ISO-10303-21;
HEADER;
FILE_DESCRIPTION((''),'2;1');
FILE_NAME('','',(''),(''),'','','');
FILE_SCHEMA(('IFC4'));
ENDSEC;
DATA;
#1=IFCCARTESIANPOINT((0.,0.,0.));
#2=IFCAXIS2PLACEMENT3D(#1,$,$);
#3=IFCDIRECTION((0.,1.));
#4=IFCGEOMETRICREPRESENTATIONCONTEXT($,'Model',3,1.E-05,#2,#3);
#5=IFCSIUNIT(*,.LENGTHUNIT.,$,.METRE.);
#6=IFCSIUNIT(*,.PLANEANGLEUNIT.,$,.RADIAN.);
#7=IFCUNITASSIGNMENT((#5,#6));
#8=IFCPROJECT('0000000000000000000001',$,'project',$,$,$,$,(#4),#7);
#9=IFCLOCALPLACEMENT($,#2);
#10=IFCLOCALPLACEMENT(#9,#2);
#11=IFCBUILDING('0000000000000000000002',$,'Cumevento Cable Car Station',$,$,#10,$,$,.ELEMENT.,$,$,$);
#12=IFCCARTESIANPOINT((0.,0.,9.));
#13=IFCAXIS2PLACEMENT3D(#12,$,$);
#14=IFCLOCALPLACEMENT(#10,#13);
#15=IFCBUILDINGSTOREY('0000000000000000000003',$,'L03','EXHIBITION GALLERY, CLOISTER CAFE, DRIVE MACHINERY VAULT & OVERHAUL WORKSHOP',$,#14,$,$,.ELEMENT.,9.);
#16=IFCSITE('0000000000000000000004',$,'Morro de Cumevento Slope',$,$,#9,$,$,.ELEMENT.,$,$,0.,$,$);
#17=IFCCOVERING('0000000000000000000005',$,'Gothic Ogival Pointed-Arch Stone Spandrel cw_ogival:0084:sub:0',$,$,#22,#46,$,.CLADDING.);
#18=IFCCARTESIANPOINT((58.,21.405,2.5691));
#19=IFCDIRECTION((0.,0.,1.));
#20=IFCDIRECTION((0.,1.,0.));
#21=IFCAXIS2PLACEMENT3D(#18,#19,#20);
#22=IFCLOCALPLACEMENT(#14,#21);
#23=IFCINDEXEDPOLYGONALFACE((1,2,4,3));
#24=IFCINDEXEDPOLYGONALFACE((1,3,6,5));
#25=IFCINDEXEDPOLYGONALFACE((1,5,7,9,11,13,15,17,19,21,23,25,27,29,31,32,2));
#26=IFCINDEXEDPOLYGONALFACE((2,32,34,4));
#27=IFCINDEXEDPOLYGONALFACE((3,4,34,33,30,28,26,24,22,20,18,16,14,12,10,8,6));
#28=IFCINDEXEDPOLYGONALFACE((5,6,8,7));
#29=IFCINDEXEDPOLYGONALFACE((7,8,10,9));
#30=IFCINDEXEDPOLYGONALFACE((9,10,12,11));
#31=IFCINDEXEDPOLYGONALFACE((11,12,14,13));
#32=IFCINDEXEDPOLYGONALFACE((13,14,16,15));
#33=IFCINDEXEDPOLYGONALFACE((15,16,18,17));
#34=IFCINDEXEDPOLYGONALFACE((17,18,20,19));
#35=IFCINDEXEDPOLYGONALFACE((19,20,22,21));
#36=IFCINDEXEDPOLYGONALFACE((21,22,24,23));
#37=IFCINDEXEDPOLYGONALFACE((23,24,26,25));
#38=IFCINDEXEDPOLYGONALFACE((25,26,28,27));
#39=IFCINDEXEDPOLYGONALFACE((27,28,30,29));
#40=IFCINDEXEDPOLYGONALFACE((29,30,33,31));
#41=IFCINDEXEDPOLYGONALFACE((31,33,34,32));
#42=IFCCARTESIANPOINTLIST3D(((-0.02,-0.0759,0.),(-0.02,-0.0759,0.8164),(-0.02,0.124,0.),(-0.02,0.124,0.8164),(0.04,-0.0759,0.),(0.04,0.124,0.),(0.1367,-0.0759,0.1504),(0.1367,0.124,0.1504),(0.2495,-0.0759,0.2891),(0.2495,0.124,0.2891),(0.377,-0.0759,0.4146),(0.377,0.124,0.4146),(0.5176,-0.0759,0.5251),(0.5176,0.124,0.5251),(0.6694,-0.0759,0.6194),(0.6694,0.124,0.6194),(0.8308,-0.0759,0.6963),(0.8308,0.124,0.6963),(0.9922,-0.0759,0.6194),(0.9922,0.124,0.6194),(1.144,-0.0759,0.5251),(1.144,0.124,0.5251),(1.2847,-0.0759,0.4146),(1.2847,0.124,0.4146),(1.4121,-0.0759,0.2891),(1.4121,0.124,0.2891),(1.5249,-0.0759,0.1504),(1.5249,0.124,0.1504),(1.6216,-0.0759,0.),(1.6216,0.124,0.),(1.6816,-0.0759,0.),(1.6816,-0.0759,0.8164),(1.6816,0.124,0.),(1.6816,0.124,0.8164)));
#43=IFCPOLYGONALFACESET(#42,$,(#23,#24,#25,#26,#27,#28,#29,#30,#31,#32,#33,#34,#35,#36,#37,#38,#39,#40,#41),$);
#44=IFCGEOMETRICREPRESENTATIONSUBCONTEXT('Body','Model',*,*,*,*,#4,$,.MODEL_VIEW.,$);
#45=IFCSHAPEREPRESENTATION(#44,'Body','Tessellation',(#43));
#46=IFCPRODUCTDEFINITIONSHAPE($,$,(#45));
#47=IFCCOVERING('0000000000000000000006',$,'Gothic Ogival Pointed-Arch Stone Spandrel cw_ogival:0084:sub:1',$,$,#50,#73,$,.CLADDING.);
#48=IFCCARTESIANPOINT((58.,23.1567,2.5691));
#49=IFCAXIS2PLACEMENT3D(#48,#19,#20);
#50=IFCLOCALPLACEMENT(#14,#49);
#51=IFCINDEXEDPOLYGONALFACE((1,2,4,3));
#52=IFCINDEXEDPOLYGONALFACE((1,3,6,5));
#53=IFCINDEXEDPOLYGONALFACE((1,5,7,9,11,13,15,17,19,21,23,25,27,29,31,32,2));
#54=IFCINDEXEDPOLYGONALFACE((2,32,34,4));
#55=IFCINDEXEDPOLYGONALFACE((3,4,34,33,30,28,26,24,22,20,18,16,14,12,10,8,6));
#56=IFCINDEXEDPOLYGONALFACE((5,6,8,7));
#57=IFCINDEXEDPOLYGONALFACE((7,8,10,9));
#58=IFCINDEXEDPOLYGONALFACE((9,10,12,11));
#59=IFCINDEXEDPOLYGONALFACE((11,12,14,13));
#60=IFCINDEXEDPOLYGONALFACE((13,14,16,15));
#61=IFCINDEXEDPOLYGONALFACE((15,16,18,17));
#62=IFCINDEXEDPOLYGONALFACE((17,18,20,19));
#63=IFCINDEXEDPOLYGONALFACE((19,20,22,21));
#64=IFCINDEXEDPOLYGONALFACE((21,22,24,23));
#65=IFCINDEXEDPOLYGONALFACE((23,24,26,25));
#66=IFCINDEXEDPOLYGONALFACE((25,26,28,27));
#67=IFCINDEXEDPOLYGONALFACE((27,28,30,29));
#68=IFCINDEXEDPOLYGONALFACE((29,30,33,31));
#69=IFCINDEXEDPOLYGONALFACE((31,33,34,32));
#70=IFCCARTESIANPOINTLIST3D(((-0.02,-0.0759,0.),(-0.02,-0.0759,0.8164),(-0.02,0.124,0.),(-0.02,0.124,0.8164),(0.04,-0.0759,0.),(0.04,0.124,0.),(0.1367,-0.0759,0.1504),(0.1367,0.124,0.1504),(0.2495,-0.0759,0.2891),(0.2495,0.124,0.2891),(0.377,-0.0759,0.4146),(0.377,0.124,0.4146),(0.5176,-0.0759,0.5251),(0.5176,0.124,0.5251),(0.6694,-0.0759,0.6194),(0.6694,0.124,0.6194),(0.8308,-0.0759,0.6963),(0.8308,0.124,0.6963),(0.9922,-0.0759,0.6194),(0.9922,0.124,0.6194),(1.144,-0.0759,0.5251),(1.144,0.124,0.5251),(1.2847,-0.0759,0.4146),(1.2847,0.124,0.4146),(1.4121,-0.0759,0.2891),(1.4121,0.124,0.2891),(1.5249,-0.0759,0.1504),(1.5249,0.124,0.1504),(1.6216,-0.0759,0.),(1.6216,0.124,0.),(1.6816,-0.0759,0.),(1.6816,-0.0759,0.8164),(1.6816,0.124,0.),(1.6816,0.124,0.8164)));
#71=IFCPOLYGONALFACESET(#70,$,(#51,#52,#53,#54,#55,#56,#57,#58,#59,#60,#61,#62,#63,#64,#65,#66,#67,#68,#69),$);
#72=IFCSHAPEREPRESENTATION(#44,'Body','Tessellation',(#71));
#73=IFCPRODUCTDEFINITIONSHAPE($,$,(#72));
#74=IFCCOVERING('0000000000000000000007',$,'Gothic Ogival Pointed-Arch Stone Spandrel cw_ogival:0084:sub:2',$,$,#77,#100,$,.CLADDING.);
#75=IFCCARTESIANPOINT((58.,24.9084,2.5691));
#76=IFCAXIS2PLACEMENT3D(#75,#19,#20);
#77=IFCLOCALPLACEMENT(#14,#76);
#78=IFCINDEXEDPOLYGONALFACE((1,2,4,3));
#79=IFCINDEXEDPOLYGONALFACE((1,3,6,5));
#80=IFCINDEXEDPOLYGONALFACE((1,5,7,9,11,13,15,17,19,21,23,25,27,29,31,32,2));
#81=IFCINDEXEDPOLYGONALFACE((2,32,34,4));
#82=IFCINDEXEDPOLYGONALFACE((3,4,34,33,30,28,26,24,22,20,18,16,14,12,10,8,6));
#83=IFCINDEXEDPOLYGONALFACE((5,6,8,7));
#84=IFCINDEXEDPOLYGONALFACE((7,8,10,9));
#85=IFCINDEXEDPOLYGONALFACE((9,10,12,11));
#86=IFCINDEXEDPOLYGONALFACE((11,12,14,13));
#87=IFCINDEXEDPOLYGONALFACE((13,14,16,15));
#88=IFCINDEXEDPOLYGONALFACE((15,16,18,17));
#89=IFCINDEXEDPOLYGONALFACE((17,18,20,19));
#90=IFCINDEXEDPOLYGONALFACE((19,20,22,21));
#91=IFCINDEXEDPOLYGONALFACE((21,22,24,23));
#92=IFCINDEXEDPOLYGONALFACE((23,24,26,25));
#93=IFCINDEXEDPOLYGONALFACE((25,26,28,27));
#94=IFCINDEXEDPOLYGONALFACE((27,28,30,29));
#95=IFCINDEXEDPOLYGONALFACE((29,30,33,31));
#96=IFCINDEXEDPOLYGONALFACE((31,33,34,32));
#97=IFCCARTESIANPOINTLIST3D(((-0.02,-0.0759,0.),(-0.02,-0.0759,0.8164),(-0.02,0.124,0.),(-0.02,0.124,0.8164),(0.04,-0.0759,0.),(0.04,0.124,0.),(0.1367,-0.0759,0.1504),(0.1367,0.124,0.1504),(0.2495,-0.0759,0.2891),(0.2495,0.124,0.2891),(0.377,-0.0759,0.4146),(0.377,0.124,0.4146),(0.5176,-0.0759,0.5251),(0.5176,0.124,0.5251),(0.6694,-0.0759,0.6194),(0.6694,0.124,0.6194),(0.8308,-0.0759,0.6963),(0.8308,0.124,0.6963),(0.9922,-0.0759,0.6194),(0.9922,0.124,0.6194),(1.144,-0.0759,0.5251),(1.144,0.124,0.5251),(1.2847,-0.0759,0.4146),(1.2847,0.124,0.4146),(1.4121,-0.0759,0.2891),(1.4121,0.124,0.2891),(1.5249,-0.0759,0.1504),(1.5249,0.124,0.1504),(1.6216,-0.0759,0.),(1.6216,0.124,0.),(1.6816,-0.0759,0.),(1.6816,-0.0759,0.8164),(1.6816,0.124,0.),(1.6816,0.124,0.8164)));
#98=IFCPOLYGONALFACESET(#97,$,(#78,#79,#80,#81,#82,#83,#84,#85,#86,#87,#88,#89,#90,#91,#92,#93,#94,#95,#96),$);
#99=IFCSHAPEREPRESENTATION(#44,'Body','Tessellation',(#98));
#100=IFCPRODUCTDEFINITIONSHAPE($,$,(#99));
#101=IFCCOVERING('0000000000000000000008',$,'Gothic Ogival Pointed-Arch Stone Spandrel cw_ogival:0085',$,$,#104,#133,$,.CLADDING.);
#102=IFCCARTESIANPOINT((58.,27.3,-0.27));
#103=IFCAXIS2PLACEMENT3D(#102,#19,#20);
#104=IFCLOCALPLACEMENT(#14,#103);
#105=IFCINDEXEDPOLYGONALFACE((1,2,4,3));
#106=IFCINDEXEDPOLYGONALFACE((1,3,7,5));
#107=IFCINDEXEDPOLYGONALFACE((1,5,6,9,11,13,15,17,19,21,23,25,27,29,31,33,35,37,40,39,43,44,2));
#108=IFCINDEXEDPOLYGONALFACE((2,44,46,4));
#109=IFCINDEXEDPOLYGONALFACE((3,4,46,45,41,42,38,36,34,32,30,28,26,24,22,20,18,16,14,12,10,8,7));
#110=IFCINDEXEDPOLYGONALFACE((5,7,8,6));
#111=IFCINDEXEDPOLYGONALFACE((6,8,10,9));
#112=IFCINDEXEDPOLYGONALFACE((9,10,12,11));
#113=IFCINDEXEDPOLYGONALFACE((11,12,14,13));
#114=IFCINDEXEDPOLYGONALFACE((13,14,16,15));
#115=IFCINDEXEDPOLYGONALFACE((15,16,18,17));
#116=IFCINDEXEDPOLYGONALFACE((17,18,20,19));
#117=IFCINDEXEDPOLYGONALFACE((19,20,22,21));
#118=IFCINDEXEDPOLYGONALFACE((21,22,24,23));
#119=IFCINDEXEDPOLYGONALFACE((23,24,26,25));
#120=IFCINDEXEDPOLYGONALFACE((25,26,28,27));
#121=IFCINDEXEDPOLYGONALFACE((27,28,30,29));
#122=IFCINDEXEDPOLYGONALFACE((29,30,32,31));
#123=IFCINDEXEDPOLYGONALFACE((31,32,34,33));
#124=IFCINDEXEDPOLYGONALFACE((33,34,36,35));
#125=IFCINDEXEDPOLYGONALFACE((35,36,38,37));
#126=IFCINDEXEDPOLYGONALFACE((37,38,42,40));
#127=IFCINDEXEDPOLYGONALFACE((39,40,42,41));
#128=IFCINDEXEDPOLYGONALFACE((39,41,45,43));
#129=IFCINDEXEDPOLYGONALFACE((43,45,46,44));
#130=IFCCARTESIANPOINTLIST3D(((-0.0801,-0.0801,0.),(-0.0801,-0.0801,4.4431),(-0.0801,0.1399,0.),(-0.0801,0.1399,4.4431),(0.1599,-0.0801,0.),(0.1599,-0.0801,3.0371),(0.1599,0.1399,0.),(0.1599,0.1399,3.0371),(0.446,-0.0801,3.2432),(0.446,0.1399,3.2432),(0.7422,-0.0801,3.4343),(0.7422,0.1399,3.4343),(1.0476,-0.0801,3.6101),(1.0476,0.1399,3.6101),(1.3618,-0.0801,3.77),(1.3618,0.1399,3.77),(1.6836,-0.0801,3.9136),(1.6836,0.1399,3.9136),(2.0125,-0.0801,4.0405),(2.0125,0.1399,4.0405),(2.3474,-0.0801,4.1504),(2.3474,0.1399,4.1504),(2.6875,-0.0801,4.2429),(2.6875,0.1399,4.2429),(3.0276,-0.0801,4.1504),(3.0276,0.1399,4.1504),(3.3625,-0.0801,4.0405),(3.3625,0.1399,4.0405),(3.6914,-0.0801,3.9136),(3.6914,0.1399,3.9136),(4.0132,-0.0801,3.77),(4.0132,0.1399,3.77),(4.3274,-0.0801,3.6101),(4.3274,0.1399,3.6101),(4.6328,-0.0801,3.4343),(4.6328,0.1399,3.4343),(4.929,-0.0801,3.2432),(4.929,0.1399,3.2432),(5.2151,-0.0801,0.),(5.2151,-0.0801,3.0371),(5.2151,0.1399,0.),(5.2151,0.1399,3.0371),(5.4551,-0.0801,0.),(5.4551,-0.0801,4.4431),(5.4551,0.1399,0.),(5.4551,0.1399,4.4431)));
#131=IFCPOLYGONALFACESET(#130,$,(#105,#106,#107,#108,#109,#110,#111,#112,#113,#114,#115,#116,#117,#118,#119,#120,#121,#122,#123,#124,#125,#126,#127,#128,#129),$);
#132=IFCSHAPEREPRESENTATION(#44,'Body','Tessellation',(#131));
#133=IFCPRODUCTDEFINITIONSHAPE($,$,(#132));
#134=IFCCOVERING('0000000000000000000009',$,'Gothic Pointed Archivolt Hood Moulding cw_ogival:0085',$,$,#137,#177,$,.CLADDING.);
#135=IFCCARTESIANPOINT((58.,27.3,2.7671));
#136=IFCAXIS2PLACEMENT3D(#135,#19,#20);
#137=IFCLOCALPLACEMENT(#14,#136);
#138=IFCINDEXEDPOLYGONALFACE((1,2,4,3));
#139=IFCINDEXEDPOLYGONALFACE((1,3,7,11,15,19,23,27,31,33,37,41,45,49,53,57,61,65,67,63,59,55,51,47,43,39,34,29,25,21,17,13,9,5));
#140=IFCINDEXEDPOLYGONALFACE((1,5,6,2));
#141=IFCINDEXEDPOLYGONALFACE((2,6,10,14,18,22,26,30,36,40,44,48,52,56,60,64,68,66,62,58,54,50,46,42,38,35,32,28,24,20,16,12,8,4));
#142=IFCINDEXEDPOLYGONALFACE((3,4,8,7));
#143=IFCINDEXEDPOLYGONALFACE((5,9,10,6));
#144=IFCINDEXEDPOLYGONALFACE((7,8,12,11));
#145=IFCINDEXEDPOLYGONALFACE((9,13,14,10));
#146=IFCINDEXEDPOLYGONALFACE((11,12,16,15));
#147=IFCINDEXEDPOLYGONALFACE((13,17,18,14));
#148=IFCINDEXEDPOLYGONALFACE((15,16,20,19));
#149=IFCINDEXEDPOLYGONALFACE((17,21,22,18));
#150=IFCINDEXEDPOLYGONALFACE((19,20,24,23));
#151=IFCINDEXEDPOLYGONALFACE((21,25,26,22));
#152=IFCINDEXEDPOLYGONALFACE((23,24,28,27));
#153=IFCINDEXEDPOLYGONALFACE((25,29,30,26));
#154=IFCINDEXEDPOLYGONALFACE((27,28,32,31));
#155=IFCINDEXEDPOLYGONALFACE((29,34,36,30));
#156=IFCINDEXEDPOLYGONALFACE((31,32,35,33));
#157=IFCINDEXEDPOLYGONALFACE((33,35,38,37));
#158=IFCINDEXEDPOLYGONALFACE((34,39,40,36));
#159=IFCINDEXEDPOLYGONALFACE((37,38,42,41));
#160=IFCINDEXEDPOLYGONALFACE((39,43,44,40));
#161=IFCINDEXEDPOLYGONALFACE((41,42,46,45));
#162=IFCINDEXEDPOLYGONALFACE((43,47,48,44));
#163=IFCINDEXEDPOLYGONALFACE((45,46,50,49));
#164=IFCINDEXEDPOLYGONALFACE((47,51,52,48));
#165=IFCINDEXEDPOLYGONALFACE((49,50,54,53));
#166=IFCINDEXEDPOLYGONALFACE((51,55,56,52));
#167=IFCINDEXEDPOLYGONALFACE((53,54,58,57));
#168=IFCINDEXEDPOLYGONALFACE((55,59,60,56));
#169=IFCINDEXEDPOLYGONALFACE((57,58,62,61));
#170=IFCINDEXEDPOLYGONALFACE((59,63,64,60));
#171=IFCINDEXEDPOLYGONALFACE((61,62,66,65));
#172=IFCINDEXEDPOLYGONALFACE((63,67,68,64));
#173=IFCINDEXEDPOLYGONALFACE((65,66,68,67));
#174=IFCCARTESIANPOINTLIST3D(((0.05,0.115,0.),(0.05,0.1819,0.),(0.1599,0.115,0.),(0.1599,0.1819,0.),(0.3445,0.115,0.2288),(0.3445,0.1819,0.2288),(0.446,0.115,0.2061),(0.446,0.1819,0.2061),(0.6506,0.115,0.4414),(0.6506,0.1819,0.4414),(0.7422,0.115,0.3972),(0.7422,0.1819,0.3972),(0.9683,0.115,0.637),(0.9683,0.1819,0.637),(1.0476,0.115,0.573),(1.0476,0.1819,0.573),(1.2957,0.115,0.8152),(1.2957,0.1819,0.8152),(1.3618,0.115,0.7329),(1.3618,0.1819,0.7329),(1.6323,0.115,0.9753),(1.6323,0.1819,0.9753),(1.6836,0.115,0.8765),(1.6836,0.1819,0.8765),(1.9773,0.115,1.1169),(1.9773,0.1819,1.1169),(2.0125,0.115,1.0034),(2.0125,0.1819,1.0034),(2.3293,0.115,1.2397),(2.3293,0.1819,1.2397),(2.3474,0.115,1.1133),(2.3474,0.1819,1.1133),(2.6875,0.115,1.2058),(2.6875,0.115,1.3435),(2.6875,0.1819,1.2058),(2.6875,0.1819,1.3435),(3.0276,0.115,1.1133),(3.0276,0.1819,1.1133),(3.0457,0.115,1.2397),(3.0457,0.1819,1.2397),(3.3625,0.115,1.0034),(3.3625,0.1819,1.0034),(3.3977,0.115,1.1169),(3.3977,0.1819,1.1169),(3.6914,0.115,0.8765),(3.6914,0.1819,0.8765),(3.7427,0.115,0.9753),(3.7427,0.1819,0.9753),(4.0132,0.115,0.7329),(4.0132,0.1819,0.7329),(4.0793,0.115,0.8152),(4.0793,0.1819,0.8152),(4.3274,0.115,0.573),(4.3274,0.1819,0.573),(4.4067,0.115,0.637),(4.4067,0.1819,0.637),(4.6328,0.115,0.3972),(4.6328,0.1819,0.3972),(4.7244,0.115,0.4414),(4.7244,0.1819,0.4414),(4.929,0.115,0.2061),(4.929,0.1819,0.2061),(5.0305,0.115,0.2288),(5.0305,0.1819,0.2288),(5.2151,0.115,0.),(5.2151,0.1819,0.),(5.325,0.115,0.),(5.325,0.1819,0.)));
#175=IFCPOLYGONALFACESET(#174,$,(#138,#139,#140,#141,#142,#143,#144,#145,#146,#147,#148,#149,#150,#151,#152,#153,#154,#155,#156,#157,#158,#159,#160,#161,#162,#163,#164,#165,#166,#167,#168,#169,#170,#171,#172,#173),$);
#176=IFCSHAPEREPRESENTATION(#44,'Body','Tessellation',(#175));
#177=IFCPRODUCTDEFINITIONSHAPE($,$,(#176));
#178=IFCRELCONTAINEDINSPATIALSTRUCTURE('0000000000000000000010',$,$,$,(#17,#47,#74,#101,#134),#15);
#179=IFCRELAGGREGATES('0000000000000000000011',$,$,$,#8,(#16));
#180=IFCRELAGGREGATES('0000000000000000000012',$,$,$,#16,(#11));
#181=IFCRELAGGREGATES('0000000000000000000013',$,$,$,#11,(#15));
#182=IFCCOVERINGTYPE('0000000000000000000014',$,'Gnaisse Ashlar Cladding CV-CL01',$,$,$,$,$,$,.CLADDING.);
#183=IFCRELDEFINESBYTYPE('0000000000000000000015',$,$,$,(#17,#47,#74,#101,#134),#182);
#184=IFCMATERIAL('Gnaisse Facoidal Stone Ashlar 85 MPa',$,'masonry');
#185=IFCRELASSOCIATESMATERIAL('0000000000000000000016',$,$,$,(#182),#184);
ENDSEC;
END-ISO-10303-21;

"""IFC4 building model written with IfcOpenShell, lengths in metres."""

from ifc_helpers import new_model, si_unit, direction, frame, origin, place, context, subcontext, project, spatial, polyline, outline, extrude, material, type_object, element, save


model = new_model("IFC4")

# Units and contexts
model_context = context("Model", 3, precision=1e-05, world=origin(), true_north=direction((0.0, 1.0)))
body_context = subcontext(model_context, "Body", "Model", "MODEL_VIEW")
ifc_project = project(units=[si_unit("LENGTHUNIT", "METRE"), si_unit("PLANEANGLEUNIT", "RADIAN")], contexts=[model_context])

# Site, building, storey
site_placement = place(None, origin())
site = spatial("IfcSite", under=ifc_project, at=site_placement, Name="Morro de Cumevento Slope", CompositionType="ELEMENT", RefElevation=0.0)
building_placement = place(site_placement, origin())
building = spatial("IfcBuilding", under=site, at=building_placement, Name="Cumevento Cable Car Station", CompositionType="ELEMENT")
storey_placement = place(building_placement, frame((0.0, 0.0, 9.0)))
storey = spatial("IfcBuildingStorey", under=building, at=storey_placement, Name="L03", Description="EXHIBITION GALLERY, CLOISTER CAFE, DRIVE MACHINERY VAULT & OVERHAUL WORKSHOP", CompositionType="ELEMENT", Elevation=9.0)

# Coverings
ifc_material_1 = material(Name="Gnaisse Facoidal Stone Ashlar 85 MPa", Category="masonry")
covering_type = type_object("IfcCoveringType", Name="Gnaisse Ashlar Cladding CV-CL01", PredefinedType="CLADDING", material=ifc_material_1)
for number, where, z_axis, x_axis, name in (
    (1, (58.0, 21.405, 2.5691), (0.0, 0.0, 1.0), (0.0, 1.0, 0.0), "Gothic Ogival Pointed-Arch Stone Spandrel cw_ogival:0084:sub:0"),
    (2, (58.0, 23.1567, 2.5691), (0.0, 0.0, 1.0), (0.0, 1.0, 0.0), "Gothic Ogival Pointed-Arch Stone Spandrel cw_ogival:0084:sub:1"),
    (3, (58.0, 24.9084, 2.5691), (0.0, 0.0, 1.0), (0.0, 1.0, 0.0), "Gothic Ogival Pointed-Arch Stone Spandrel cw_ogival:0084:sub:2"),
):
    element("IfcCovering", number, at=place(storey_placement, frame(where, z_axis=z_axis, x_axis=x_axis)), inside=storey, type_object=covering_type, Name=name, PredefinedType="CLADDING", context=body_context, shape_type="SweptSolid", body=[
        extrude(outline(polyline([(-0.02, 0.0), (-0.02, 0.8164), (1.6816, 0.8164), (1.6816, 0.0), (1.6216, 0.0), (1.5249, 0.1504), (1.4121, 0.2891), (1.2847, 0.4146), (1.144, 0.5251), (0.9922, 0.6194), (0.8308, 0.6963), (0.6694, 0.6194), (0.5176, 0.5251), (0.377, 0.4146), (0.2495, 0.2891), (0.1367, 0.1504), (0.04, 0.0), (-0.02, 0.0)])), frame((0.0, 0.124, 0.0), z_axis=(0.0, -1.0, 0.0), x_axis=(1.0, 0.0, 0.0)), (0.0, 0.0, 1.0), 0.2),
    ])
covering_1_placement = place(storey_placement, frame((58.0, 27.3, -0.27), z_axis=(0.0, 0.0, 1.0), x_axis=(0.0, 1.0, 0.0)))
element("IfcCovering", 4, at=covering_1_placement, inside=storey, type_object=covering_type, Name="Gothic Ogival Pointed-Arch Stone Spandrel cw_ogival:0085", PredefinedType="CLADDING", context=body_context, shape_type="SweptSolid", body=[
    extrude(outline(polyline([(-0.0801, 0.0), (-0.0801, 4.4431), (5.4551, 4.4431), (5.4551, 0.0), (5.2151, 0.0), (5.2151, 3.0371), (4.929, 3.2432), (4.6328, 3.4343), (4.3274, 3.6101), (4.0132, 3.77), (3.6914, 3.9136), (3.3625, 4.0405), (3.0276, 4.1504), (2.6875, 4.2429), (2.3474, 4.1504), (2.0125, 4.0405), (1.6836, 3.9136), (1.3618, 3.77), (1.0476, 3.6101), (0.7422, 3.4343), (0.446, 3.2432), (0.1599, 3.0371), (0.1599, 0.0), (-0.0801, 0.0)])), frame((0.0, 0.1399, 0.0), z_axis=(0.0, -1.0, 0.0), x_axis=(1.0, 0.0, 0.0)), (0.0, 0.0, 1.0), 0.22),
])
covering_2_placement = place(storey_placement, frame((58.0, 27.3, 2.7671), z_axis=(0.0, 0.0, 1.0), x_axis=(0.0, 1.0, 0.0)))
element("IfcCovering", 5, at=covering_2_placement, inside=storey, type_object=covering_type, Name="Gothic Pointed Archivolt Hood Moulding cw_ogival:0085", PredefinedType="CLADDING", context=body_context, shape_type="SweptSolid", body=[
    extrude(outline(polyline([(0.1599, 0.0), (0.446, 0.2061), (0.7422, 0.3972), (1.0476, 0.573), (1.3618, 0.7329), (1.6836, 0.8765), (2.0125, 1.0034), (2.3474, 1.1133), (2.6875, 1.2058), (3.0276, 1.1133), (3.3625, 1.0034), (3.6914, 0.8765), (4.0132, 0.7329), (4.3274, 0.573), (4.6328, 0.3972), (4.929, 0.2061), (5.2151, 0.0), (5.325, 0.0), (5.0305, 0.2288), (4.7244, 0.4414), (4.4067, 0.637), (4.0793, 0.8152), (3.7427, 0.9753), (3.3977, 1.1169), (3.0457, 1.2397), (2.6875, 1.3435), (2.3293, 1.2397), (1.9773, 1.1169), (1.6323, 0.9753), (1.2957, 0.8152), (0.9683, 0.637), (0.6506, 0.4414), (0.3445, 0.2288), (0.05, 0.0), (0.1599, 0.0)])), frame((0.0, 0.1819, 0.0), z_axis=(0.0, -1.0, 0.0), x_axis=(1.0, 0.0, 0.0)), (0.0, 0.0, 1.0), 0.0669),
])

save(model, "model.ifc")
